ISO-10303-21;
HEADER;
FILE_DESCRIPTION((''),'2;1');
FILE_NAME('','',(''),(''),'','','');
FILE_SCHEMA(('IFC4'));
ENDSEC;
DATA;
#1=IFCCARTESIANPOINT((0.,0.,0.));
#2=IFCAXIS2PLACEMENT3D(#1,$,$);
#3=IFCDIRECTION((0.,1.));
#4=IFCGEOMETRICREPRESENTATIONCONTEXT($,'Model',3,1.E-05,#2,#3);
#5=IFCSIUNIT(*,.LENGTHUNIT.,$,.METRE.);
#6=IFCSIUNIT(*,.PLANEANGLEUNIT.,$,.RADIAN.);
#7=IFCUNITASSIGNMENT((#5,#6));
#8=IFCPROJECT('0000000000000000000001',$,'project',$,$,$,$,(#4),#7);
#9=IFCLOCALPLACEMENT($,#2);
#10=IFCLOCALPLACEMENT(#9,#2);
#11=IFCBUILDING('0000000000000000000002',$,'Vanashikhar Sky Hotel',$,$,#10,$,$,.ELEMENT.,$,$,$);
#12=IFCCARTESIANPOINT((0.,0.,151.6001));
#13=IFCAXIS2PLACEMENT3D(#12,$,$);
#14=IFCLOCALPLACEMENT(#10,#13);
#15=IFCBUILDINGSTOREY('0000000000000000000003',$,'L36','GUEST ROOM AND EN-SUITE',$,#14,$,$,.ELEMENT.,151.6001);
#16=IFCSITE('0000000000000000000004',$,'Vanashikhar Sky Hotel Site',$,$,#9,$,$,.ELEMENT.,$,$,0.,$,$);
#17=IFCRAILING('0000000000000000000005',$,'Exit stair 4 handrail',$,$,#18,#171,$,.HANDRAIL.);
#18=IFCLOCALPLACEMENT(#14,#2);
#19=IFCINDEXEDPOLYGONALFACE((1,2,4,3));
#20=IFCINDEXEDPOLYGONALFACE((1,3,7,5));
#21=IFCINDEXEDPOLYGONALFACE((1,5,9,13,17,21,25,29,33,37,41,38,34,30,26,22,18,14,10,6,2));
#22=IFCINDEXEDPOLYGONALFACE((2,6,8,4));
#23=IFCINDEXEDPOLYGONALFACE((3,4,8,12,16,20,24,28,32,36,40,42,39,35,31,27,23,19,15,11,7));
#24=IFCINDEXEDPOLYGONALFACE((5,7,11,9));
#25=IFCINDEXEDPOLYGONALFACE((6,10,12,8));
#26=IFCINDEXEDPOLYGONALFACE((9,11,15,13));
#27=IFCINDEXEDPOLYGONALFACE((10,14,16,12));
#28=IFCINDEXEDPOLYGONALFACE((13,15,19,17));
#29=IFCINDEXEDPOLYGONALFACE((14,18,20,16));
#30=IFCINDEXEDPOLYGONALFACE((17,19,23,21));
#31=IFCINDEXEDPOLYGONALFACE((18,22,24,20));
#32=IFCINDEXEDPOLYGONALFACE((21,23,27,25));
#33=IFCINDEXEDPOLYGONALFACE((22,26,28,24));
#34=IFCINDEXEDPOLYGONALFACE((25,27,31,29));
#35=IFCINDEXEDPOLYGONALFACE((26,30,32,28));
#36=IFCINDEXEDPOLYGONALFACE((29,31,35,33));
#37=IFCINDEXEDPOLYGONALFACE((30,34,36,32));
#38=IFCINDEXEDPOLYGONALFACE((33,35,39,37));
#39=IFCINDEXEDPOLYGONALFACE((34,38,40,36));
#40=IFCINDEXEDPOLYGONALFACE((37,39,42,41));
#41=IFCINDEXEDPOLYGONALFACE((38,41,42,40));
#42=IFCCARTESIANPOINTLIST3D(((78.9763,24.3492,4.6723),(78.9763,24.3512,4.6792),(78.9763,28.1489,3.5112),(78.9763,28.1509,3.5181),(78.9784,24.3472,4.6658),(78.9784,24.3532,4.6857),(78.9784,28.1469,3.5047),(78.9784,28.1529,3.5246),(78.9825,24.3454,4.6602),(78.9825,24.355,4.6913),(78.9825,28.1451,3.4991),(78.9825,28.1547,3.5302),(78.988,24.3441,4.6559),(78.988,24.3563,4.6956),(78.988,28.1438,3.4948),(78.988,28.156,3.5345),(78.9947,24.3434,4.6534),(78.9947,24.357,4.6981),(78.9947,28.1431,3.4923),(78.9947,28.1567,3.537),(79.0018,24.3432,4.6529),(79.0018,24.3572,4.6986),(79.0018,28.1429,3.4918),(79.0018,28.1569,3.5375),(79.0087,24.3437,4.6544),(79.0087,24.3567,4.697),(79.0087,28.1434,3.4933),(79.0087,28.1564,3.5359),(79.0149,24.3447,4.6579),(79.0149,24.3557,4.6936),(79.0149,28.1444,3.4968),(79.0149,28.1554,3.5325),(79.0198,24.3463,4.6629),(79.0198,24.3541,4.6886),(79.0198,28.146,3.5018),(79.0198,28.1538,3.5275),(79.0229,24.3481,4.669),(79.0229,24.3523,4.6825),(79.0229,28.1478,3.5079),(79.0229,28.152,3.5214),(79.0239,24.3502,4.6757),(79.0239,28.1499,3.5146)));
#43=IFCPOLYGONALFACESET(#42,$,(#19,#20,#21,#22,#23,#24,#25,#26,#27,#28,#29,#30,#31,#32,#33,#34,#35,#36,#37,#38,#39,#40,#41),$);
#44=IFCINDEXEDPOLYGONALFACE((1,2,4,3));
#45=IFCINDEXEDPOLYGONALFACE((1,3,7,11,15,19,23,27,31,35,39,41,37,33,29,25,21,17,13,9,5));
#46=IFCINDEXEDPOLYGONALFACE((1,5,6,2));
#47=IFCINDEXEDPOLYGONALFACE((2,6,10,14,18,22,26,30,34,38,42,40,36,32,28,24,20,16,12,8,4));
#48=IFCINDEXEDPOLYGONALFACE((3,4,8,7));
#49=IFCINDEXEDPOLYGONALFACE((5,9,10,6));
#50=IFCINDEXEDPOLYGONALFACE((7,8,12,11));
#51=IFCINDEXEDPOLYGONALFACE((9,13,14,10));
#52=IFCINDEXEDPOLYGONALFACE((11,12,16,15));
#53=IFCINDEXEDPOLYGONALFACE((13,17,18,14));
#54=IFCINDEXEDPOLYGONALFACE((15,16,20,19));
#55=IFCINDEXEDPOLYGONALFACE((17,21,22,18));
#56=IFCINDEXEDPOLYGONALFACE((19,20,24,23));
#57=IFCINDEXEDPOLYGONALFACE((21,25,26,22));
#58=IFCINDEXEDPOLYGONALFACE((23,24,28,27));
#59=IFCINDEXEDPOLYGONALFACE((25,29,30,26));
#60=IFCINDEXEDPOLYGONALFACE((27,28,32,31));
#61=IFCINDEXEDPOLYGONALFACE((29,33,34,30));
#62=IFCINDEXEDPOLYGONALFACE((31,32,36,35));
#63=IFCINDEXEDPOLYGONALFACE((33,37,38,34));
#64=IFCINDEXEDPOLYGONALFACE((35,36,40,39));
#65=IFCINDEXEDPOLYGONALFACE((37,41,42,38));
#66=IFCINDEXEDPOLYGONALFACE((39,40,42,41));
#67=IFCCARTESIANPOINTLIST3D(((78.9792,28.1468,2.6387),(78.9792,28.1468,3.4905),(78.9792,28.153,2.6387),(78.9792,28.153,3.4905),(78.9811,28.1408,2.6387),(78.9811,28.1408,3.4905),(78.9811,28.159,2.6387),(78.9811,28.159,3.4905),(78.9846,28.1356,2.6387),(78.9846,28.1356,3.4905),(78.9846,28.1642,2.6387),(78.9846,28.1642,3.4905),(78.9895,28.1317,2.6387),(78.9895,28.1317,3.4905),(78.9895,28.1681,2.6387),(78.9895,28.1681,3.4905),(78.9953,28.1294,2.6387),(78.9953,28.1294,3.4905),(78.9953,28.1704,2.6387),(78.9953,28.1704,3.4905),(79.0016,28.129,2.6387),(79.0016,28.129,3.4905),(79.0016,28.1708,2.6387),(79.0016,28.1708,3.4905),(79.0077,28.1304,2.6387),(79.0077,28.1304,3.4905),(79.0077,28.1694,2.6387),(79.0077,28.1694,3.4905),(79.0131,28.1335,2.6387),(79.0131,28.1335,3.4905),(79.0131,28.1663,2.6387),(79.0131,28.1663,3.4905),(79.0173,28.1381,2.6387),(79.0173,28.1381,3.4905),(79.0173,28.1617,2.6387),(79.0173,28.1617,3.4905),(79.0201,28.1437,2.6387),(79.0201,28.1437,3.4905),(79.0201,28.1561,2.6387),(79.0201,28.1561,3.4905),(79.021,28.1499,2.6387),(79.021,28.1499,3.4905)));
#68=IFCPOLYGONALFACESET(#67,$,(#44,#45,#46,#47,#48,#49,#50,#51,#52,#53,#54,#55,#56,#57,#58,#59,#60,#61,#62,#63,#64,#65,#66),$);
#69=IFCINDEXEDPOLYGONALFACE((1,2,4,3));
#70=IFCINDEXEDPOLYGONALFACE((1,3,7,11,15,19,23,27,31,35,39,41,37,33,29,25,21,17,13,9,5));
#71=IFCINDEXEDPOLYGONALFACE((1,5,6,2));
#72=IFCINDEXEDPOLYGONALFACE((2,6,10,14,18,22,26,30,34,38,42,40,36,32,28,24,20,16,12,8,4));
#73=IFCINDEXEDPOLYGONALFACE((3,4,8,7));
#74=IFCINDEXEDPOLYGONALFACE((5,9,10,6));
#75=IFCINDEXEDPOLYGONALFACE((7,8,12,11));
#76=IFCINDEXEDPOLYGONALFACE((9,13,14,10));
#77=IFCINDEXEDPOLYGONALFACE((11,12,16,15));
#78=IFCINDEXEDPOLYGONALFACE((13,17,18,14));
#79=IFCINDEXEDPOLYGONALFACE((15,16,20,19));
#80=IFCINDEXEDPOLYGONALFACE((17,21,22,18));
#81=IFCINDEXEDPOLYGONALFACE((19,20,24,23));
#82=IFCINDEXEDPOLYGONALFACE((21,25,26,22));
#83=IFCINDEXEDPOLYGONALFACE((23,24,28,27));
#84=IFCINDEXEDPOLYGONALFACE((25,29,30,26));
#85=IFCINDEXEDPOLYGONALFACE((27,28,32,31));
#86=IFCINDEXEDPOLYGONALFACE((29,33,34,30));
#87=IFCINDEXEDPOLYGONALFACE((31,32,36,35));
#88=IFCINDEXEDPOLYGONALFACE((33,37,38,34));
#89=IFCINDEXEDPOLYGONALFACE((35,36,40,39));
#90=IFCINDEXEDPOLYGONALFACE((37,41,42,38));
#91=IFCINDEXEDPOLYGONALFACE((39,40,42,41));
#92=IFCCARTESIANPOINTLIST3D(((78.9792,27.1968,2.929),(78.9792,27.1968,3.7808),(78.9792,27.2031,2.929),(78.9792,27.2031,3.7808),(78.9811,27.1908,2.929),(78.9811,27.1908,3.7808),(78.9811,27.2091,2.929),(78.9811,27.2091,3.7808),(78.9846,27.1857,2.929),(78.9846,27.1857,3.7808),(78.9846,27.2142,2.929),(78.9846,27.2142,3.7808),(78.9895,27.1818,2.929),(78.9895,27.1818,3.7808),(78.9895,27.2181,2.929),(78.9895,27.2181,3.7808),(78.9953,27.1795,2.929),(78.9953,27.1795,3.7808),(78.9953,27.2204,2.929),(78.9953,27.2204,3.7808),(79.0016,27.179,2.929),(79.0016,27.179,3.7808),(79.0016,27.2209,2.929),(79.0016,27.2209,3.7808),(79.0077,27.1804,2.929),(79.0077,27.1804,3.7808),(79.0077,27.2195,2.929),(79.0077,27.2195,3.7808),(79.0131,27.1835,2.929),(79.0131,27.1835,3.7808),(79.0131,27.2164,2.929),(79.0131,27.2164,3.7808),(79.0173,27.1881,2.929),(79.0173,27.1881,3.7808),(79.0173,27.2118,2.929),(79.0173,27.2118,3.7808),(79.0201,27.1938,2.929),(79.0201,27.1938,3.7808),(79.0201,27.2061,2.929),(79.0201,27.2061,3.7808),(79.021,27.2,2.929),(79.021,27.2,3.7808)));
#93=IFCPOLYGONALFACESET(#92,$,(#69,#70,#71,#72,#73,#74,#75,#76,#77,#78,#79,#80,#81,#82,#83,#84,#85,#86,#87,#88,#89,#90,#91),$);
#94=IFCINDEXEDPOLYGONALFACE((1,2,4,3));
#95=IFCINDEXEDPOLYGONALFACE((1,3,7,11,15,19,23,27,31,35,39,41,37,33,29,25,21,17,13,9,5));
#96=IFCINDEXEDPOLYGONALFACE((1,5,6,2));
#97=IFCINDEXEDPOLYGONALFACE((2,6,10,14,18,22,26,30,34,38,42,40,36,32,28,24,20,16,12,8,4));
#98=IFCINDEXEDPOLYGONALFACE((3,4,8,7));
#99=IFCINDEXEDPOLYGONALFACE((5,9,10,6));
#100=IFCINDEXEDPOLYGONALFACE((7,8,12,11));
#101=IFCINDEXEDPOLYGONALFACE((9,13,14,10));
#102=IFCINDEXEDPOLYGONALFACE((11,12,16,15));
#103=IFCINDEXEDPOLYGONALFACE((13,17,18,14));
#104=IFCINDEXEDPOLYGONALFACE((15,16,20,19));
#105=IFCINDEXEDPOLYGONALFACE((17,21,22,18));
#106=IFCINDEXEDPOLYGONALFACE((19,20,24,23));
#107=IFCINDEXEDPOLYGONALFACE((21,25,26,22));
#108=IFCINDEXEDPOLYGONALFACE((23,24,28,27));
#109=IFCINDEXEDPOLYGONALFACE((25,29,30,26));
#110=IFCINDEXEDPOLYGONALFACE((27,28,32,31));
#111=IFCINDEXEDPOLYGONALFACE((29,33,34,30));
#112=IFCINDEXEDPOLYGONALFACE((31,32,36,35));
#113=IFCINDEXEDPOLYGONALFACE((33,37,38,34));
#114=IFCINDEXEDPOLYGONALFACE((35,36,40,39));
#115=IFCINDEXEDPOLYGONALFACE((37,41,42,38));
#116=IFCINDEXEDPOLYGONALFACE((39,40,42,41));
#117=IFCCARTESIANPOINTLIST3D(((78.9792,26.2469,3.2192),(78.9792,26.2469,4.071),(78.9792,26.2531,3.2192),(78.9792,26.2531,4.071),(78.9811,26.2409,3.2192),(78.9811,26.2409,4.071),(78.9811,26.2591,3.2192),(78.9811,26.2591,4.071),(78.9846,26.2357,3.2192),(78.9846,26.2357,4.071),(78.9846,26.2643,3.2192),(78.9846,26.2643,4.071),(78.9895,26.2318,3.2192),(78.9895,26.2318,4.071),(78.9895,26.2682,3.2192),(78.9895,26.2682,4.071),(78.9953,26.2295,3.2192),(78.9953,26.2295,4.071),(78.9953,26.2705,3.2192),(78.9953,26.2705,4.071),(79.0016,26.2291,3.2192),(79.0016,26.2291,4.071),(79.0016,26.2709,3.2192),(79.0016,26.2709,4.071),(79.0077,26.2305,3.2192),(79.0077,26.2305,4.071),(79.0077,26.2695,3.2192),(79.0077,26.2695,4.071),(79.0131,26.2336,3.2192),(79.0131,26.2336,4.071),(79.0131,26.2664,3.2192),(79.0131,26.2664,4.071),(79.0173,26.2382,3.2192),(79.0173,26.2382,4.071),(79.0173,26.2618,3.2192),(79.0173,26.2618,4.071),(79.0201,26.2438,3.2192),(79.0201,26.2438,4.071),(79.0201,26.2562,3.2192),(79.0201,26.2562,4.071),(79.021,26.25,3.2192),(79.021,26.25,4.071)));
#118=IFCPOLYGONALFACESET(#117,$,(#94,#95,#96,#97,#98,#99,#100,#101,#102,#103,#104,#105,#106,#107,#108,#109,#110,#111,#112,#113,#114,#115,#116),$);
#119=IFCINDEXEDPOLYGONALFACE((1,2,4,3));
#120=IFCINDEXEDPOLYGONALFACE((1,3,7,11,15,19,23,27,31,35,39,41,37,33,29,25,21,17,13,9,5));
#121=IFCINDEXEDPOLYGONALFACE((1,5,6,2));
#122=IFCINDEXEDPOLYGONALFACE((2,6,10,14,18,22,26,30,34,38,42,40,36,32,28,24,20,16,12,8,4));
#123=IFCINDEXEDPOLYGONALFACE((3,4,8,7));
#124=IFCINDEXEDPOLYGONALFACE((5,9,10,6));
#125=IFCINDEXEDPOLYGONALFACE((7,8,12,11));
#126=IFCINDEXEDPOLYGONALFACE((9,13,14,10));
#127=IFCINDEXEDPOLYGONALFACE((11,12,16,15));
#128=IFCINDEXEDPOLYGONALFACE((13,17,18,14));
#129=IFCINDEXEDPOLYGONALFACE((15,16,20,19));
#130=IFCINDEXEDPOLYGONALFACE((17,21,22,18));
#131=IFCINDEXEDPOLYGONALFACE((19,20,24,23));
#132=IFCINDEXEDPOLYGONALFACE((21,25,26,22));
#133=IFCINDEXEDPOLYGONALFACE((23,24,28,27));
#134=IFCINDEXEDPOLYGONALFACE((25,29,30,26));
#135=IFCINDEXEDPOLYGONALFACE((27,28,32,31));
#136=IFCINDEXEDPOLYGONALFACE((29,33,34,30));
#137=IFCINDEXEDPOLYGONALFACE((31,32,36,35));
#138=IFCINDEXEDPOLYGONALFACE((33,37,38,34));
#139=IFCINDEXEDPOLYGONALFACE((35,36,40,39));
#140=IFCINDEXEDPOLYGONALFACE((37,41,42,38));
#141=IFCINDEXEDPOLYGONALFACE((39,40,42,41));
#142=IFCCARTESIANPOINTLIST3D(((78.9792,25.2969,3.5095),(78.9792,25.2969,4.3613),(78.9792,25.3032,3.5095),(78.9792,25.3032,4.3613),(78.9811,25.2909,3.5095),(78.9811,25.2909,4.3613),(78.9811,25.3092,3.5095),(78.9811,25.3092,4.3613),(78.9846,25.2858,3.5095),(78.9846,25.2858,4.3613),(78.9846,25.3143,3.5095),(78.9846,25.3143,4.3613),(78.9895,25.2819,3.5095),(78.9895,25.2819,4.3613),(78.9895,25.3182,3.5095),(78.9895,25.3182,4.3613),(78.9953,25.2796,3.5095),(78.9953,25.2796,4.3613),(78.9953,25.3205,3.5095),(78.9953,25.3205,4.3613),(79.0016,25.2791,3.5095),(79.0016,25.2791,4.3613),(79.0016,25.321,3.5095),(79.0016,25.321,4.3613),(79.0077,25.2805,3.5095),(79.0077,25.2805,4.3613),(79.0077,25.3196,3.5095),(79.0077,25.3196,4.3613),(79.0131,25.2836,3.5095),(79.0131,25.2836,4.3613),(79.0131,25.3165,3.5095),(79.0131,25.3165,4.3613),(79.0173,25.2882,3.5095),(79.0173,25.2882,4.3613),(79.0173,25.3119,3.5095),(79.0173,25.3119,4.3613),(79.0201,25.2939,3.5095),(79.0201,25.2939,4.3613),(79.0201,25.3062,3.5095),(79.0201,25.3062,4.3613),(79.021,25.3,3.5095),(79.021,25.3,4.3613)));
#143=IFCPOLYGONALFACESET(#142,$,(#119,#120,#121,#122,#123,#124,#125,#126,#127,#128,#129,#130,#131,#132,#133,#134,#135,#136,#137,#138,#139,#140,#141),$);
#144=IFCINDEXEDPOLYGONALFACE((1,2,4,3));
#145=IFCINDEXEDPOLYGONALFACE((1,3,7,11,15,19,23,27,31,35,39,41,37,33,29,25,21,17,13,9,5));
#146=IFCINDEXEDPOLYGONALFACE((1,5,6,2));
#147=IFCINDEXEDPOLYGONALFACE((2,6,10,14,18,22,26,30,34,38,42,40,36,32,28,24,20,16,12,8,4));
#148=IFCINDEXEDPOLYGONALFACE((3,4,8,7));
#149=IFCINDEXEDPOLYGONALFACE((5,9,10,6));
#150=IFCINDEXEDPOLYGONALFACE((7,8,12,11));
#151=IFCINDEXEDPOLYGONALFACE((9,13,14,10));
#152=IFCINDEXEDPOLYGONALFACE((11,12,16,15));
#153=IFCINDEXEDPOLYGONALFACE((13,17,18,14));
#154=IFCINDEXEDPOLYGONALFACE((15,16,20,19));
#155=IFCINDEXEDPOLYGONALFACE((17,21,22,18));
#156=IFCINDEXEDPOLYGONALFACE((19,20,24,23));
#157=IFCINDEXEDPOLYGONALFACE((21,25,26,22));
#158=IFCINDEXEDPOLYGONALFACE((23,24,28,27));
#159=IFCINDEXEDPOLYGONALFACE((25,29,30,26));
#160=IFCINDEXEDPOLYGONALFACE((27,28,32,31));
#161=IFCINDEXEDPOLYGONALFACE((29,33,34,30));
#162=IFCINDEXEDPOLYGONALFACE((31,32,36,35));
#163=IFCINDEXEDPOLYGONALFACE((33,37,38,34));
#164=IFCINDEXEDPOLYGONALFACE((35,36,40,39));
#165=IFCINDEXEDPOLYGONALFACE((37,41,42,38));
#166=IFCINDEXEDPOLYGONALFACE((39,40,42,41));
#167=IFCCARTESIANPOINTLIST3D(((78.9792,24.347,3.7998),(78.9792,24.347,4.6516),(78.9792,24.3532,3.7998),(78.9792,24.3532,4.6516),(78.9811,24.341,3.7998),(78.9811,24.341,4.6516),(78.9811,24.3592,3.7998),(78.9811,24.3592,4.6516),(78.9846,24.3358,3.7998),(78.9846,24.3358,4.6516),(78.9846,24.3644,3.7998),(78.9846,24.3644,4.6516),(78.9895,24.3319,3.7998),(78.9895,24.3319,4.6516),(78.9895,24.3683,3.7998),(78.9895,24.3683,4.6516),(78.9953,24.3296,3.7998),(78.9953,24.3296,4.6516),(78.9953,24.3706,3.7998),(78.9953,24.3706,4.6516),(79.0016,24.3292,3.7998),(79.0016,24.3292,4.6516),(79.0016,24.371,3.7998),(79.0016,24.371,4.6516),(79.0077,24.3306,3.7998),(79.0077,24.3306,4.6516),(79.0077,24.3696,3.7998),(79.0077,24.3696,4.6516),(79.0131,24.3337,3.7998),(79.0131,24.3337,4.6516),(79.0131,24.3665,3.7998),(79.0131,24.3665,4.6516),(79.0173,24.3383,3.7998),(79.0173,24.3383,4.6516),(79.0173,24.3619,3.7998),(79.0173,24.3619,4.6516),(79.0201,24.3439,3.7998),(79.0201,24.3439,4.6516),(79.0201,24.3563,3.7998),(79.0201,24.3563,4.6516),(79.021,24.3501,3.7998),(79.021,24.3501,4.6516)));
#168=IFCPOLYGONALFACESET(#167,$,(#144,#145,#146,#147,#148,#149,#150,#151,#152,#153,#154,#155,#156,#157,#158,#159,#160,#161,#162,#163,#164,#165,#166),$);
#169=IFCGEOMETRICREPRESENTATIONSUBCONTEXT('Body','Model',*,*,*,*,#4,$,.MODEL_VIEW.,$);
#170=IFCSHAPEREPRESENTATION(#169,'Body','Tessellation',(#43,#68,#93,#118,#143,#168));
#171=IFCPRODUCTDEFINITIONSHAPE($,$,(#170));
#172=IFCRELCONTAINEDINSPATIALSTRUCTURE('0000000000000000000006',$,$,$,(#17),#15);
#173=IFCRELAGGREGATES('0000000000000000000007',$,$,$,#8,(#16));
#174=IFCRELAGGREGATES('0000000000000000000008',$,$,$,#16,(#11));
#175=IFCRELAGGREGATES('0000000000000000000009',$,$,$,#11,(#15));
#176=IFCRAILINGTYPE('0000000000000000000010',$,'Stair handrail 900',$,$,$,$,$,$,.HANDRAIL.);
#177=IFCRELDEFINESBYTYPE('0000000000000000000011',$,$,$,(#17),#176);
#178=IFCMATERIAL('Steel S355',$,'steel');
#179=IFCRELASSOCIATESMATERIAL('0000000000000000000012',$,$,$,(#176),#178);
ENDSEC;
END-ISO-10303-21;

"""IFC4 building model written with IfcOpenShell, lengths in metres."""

from ifc_helpers import new_model, si_unit, direction, frame, origin, origin_2d, place, context, subcontext, project, spatial, circle, extrude, source, transform, mapped, material, type_object, element, save


model = new_model("IFC4")

# Units and contexts
model_context = context("Model", 3, precision=1e-05, world=origin(), true_north=direction((0.0, 1.0)))
body_context = subcontext(model_context, "Body", "Model", "MODEL_VIEW")
ifc_project = project(units=[si_unit("LENGTHUNIT", "METRE"), si_unit("PLANEANGLEUNIT", "RADIAN")], contexts=[model_context])

# Site, building, storey
site_placement = place(None, origin())
site = spatial("IfcSite", under=ifc_project, at=site_placement, Name="Vanashikhar Sky Hotel Site", CompositionType="ELEMENT", RefElevation=0.0)
building_placement = place(site_placement, origin())
building = spatial("IfcBuilding", under=site, at=building_placement, Name="Vanashikhar Sky Hotel", CompositionType="ELEMENT")
storey_placement = place(building_placement, frame((0.0, 0.0, 151.6001)))
storey = spatial("IfcBuildingStorey", under=building, at=storey_placement, Name="L36", Description="GUEST ROOM AND EN-SUITE", CompositionType="ELEMENT", Elevation=151.6001)

# Railing
ifc_material_1 = material(Name="Steel S355", Category="steel")
railing_type_1 = type_object("IfcRailingType", Name="Stair handrail 900", PredefinedType="HANDRAIL", material=ifc_material_1)
shared_shape_1 = source(origin(), body_context, "Body", "SweptSolid", [
    extrude(circle(Radius=0.0239, at=origin_2d()), frame((0.0, 0.0, 0.876), z_axis=(0.0, -0.956346, 0.292237), x_axis=(1.0, 0.0, 0.0)), (0.0, 0.0, 1.0), 3.9731),
    extrude(circle(Radius=0.021, at=origin_2d()), origin(), (0.0, 0.0, 1.0), 0.8518),
    extrude(circle(Radius=0.021, at=origin_2d()), frame((0.0, -0.95, 0.2903)), (0.0, 0.0, 1.0), 0.8518),
    extrude(circle(Radius=0.021, at=origin_2d()), frame((0.0, -1.8999, 0.5806)), (0.0, 0.0, 1.0), 0.8518),
    extrude(circle(Radius=0.021, at=origin_2d()), frame((0.0, -2.8499, 0.8708)), (0.0, 0.0, 1.0), 0.8518),
    extrude(circle(Radius=0.021, at=origin_2d()), frame((0.0, -3.7998, 1.1611)), (0.0, 0.0, 1.0), 0.8518),
])
for number, where, name in (
    (1, (79.0, 28.1499, 2.6387), "Exit stair 4 handrail"),
):
    element("IfcRailing", number, at=place(storey_placement, frame(where)), inside=storey, type_object=railing_type_1, Name=name, PredefinedType="HANDRAIL", context=body_context, shape_type="MappedRepresentation", body=[
        mapped(shared_shape_1, transform((0.0, 0.0, 0.0), scale=1.0)),
    ])

save(model, "model.ifc")
